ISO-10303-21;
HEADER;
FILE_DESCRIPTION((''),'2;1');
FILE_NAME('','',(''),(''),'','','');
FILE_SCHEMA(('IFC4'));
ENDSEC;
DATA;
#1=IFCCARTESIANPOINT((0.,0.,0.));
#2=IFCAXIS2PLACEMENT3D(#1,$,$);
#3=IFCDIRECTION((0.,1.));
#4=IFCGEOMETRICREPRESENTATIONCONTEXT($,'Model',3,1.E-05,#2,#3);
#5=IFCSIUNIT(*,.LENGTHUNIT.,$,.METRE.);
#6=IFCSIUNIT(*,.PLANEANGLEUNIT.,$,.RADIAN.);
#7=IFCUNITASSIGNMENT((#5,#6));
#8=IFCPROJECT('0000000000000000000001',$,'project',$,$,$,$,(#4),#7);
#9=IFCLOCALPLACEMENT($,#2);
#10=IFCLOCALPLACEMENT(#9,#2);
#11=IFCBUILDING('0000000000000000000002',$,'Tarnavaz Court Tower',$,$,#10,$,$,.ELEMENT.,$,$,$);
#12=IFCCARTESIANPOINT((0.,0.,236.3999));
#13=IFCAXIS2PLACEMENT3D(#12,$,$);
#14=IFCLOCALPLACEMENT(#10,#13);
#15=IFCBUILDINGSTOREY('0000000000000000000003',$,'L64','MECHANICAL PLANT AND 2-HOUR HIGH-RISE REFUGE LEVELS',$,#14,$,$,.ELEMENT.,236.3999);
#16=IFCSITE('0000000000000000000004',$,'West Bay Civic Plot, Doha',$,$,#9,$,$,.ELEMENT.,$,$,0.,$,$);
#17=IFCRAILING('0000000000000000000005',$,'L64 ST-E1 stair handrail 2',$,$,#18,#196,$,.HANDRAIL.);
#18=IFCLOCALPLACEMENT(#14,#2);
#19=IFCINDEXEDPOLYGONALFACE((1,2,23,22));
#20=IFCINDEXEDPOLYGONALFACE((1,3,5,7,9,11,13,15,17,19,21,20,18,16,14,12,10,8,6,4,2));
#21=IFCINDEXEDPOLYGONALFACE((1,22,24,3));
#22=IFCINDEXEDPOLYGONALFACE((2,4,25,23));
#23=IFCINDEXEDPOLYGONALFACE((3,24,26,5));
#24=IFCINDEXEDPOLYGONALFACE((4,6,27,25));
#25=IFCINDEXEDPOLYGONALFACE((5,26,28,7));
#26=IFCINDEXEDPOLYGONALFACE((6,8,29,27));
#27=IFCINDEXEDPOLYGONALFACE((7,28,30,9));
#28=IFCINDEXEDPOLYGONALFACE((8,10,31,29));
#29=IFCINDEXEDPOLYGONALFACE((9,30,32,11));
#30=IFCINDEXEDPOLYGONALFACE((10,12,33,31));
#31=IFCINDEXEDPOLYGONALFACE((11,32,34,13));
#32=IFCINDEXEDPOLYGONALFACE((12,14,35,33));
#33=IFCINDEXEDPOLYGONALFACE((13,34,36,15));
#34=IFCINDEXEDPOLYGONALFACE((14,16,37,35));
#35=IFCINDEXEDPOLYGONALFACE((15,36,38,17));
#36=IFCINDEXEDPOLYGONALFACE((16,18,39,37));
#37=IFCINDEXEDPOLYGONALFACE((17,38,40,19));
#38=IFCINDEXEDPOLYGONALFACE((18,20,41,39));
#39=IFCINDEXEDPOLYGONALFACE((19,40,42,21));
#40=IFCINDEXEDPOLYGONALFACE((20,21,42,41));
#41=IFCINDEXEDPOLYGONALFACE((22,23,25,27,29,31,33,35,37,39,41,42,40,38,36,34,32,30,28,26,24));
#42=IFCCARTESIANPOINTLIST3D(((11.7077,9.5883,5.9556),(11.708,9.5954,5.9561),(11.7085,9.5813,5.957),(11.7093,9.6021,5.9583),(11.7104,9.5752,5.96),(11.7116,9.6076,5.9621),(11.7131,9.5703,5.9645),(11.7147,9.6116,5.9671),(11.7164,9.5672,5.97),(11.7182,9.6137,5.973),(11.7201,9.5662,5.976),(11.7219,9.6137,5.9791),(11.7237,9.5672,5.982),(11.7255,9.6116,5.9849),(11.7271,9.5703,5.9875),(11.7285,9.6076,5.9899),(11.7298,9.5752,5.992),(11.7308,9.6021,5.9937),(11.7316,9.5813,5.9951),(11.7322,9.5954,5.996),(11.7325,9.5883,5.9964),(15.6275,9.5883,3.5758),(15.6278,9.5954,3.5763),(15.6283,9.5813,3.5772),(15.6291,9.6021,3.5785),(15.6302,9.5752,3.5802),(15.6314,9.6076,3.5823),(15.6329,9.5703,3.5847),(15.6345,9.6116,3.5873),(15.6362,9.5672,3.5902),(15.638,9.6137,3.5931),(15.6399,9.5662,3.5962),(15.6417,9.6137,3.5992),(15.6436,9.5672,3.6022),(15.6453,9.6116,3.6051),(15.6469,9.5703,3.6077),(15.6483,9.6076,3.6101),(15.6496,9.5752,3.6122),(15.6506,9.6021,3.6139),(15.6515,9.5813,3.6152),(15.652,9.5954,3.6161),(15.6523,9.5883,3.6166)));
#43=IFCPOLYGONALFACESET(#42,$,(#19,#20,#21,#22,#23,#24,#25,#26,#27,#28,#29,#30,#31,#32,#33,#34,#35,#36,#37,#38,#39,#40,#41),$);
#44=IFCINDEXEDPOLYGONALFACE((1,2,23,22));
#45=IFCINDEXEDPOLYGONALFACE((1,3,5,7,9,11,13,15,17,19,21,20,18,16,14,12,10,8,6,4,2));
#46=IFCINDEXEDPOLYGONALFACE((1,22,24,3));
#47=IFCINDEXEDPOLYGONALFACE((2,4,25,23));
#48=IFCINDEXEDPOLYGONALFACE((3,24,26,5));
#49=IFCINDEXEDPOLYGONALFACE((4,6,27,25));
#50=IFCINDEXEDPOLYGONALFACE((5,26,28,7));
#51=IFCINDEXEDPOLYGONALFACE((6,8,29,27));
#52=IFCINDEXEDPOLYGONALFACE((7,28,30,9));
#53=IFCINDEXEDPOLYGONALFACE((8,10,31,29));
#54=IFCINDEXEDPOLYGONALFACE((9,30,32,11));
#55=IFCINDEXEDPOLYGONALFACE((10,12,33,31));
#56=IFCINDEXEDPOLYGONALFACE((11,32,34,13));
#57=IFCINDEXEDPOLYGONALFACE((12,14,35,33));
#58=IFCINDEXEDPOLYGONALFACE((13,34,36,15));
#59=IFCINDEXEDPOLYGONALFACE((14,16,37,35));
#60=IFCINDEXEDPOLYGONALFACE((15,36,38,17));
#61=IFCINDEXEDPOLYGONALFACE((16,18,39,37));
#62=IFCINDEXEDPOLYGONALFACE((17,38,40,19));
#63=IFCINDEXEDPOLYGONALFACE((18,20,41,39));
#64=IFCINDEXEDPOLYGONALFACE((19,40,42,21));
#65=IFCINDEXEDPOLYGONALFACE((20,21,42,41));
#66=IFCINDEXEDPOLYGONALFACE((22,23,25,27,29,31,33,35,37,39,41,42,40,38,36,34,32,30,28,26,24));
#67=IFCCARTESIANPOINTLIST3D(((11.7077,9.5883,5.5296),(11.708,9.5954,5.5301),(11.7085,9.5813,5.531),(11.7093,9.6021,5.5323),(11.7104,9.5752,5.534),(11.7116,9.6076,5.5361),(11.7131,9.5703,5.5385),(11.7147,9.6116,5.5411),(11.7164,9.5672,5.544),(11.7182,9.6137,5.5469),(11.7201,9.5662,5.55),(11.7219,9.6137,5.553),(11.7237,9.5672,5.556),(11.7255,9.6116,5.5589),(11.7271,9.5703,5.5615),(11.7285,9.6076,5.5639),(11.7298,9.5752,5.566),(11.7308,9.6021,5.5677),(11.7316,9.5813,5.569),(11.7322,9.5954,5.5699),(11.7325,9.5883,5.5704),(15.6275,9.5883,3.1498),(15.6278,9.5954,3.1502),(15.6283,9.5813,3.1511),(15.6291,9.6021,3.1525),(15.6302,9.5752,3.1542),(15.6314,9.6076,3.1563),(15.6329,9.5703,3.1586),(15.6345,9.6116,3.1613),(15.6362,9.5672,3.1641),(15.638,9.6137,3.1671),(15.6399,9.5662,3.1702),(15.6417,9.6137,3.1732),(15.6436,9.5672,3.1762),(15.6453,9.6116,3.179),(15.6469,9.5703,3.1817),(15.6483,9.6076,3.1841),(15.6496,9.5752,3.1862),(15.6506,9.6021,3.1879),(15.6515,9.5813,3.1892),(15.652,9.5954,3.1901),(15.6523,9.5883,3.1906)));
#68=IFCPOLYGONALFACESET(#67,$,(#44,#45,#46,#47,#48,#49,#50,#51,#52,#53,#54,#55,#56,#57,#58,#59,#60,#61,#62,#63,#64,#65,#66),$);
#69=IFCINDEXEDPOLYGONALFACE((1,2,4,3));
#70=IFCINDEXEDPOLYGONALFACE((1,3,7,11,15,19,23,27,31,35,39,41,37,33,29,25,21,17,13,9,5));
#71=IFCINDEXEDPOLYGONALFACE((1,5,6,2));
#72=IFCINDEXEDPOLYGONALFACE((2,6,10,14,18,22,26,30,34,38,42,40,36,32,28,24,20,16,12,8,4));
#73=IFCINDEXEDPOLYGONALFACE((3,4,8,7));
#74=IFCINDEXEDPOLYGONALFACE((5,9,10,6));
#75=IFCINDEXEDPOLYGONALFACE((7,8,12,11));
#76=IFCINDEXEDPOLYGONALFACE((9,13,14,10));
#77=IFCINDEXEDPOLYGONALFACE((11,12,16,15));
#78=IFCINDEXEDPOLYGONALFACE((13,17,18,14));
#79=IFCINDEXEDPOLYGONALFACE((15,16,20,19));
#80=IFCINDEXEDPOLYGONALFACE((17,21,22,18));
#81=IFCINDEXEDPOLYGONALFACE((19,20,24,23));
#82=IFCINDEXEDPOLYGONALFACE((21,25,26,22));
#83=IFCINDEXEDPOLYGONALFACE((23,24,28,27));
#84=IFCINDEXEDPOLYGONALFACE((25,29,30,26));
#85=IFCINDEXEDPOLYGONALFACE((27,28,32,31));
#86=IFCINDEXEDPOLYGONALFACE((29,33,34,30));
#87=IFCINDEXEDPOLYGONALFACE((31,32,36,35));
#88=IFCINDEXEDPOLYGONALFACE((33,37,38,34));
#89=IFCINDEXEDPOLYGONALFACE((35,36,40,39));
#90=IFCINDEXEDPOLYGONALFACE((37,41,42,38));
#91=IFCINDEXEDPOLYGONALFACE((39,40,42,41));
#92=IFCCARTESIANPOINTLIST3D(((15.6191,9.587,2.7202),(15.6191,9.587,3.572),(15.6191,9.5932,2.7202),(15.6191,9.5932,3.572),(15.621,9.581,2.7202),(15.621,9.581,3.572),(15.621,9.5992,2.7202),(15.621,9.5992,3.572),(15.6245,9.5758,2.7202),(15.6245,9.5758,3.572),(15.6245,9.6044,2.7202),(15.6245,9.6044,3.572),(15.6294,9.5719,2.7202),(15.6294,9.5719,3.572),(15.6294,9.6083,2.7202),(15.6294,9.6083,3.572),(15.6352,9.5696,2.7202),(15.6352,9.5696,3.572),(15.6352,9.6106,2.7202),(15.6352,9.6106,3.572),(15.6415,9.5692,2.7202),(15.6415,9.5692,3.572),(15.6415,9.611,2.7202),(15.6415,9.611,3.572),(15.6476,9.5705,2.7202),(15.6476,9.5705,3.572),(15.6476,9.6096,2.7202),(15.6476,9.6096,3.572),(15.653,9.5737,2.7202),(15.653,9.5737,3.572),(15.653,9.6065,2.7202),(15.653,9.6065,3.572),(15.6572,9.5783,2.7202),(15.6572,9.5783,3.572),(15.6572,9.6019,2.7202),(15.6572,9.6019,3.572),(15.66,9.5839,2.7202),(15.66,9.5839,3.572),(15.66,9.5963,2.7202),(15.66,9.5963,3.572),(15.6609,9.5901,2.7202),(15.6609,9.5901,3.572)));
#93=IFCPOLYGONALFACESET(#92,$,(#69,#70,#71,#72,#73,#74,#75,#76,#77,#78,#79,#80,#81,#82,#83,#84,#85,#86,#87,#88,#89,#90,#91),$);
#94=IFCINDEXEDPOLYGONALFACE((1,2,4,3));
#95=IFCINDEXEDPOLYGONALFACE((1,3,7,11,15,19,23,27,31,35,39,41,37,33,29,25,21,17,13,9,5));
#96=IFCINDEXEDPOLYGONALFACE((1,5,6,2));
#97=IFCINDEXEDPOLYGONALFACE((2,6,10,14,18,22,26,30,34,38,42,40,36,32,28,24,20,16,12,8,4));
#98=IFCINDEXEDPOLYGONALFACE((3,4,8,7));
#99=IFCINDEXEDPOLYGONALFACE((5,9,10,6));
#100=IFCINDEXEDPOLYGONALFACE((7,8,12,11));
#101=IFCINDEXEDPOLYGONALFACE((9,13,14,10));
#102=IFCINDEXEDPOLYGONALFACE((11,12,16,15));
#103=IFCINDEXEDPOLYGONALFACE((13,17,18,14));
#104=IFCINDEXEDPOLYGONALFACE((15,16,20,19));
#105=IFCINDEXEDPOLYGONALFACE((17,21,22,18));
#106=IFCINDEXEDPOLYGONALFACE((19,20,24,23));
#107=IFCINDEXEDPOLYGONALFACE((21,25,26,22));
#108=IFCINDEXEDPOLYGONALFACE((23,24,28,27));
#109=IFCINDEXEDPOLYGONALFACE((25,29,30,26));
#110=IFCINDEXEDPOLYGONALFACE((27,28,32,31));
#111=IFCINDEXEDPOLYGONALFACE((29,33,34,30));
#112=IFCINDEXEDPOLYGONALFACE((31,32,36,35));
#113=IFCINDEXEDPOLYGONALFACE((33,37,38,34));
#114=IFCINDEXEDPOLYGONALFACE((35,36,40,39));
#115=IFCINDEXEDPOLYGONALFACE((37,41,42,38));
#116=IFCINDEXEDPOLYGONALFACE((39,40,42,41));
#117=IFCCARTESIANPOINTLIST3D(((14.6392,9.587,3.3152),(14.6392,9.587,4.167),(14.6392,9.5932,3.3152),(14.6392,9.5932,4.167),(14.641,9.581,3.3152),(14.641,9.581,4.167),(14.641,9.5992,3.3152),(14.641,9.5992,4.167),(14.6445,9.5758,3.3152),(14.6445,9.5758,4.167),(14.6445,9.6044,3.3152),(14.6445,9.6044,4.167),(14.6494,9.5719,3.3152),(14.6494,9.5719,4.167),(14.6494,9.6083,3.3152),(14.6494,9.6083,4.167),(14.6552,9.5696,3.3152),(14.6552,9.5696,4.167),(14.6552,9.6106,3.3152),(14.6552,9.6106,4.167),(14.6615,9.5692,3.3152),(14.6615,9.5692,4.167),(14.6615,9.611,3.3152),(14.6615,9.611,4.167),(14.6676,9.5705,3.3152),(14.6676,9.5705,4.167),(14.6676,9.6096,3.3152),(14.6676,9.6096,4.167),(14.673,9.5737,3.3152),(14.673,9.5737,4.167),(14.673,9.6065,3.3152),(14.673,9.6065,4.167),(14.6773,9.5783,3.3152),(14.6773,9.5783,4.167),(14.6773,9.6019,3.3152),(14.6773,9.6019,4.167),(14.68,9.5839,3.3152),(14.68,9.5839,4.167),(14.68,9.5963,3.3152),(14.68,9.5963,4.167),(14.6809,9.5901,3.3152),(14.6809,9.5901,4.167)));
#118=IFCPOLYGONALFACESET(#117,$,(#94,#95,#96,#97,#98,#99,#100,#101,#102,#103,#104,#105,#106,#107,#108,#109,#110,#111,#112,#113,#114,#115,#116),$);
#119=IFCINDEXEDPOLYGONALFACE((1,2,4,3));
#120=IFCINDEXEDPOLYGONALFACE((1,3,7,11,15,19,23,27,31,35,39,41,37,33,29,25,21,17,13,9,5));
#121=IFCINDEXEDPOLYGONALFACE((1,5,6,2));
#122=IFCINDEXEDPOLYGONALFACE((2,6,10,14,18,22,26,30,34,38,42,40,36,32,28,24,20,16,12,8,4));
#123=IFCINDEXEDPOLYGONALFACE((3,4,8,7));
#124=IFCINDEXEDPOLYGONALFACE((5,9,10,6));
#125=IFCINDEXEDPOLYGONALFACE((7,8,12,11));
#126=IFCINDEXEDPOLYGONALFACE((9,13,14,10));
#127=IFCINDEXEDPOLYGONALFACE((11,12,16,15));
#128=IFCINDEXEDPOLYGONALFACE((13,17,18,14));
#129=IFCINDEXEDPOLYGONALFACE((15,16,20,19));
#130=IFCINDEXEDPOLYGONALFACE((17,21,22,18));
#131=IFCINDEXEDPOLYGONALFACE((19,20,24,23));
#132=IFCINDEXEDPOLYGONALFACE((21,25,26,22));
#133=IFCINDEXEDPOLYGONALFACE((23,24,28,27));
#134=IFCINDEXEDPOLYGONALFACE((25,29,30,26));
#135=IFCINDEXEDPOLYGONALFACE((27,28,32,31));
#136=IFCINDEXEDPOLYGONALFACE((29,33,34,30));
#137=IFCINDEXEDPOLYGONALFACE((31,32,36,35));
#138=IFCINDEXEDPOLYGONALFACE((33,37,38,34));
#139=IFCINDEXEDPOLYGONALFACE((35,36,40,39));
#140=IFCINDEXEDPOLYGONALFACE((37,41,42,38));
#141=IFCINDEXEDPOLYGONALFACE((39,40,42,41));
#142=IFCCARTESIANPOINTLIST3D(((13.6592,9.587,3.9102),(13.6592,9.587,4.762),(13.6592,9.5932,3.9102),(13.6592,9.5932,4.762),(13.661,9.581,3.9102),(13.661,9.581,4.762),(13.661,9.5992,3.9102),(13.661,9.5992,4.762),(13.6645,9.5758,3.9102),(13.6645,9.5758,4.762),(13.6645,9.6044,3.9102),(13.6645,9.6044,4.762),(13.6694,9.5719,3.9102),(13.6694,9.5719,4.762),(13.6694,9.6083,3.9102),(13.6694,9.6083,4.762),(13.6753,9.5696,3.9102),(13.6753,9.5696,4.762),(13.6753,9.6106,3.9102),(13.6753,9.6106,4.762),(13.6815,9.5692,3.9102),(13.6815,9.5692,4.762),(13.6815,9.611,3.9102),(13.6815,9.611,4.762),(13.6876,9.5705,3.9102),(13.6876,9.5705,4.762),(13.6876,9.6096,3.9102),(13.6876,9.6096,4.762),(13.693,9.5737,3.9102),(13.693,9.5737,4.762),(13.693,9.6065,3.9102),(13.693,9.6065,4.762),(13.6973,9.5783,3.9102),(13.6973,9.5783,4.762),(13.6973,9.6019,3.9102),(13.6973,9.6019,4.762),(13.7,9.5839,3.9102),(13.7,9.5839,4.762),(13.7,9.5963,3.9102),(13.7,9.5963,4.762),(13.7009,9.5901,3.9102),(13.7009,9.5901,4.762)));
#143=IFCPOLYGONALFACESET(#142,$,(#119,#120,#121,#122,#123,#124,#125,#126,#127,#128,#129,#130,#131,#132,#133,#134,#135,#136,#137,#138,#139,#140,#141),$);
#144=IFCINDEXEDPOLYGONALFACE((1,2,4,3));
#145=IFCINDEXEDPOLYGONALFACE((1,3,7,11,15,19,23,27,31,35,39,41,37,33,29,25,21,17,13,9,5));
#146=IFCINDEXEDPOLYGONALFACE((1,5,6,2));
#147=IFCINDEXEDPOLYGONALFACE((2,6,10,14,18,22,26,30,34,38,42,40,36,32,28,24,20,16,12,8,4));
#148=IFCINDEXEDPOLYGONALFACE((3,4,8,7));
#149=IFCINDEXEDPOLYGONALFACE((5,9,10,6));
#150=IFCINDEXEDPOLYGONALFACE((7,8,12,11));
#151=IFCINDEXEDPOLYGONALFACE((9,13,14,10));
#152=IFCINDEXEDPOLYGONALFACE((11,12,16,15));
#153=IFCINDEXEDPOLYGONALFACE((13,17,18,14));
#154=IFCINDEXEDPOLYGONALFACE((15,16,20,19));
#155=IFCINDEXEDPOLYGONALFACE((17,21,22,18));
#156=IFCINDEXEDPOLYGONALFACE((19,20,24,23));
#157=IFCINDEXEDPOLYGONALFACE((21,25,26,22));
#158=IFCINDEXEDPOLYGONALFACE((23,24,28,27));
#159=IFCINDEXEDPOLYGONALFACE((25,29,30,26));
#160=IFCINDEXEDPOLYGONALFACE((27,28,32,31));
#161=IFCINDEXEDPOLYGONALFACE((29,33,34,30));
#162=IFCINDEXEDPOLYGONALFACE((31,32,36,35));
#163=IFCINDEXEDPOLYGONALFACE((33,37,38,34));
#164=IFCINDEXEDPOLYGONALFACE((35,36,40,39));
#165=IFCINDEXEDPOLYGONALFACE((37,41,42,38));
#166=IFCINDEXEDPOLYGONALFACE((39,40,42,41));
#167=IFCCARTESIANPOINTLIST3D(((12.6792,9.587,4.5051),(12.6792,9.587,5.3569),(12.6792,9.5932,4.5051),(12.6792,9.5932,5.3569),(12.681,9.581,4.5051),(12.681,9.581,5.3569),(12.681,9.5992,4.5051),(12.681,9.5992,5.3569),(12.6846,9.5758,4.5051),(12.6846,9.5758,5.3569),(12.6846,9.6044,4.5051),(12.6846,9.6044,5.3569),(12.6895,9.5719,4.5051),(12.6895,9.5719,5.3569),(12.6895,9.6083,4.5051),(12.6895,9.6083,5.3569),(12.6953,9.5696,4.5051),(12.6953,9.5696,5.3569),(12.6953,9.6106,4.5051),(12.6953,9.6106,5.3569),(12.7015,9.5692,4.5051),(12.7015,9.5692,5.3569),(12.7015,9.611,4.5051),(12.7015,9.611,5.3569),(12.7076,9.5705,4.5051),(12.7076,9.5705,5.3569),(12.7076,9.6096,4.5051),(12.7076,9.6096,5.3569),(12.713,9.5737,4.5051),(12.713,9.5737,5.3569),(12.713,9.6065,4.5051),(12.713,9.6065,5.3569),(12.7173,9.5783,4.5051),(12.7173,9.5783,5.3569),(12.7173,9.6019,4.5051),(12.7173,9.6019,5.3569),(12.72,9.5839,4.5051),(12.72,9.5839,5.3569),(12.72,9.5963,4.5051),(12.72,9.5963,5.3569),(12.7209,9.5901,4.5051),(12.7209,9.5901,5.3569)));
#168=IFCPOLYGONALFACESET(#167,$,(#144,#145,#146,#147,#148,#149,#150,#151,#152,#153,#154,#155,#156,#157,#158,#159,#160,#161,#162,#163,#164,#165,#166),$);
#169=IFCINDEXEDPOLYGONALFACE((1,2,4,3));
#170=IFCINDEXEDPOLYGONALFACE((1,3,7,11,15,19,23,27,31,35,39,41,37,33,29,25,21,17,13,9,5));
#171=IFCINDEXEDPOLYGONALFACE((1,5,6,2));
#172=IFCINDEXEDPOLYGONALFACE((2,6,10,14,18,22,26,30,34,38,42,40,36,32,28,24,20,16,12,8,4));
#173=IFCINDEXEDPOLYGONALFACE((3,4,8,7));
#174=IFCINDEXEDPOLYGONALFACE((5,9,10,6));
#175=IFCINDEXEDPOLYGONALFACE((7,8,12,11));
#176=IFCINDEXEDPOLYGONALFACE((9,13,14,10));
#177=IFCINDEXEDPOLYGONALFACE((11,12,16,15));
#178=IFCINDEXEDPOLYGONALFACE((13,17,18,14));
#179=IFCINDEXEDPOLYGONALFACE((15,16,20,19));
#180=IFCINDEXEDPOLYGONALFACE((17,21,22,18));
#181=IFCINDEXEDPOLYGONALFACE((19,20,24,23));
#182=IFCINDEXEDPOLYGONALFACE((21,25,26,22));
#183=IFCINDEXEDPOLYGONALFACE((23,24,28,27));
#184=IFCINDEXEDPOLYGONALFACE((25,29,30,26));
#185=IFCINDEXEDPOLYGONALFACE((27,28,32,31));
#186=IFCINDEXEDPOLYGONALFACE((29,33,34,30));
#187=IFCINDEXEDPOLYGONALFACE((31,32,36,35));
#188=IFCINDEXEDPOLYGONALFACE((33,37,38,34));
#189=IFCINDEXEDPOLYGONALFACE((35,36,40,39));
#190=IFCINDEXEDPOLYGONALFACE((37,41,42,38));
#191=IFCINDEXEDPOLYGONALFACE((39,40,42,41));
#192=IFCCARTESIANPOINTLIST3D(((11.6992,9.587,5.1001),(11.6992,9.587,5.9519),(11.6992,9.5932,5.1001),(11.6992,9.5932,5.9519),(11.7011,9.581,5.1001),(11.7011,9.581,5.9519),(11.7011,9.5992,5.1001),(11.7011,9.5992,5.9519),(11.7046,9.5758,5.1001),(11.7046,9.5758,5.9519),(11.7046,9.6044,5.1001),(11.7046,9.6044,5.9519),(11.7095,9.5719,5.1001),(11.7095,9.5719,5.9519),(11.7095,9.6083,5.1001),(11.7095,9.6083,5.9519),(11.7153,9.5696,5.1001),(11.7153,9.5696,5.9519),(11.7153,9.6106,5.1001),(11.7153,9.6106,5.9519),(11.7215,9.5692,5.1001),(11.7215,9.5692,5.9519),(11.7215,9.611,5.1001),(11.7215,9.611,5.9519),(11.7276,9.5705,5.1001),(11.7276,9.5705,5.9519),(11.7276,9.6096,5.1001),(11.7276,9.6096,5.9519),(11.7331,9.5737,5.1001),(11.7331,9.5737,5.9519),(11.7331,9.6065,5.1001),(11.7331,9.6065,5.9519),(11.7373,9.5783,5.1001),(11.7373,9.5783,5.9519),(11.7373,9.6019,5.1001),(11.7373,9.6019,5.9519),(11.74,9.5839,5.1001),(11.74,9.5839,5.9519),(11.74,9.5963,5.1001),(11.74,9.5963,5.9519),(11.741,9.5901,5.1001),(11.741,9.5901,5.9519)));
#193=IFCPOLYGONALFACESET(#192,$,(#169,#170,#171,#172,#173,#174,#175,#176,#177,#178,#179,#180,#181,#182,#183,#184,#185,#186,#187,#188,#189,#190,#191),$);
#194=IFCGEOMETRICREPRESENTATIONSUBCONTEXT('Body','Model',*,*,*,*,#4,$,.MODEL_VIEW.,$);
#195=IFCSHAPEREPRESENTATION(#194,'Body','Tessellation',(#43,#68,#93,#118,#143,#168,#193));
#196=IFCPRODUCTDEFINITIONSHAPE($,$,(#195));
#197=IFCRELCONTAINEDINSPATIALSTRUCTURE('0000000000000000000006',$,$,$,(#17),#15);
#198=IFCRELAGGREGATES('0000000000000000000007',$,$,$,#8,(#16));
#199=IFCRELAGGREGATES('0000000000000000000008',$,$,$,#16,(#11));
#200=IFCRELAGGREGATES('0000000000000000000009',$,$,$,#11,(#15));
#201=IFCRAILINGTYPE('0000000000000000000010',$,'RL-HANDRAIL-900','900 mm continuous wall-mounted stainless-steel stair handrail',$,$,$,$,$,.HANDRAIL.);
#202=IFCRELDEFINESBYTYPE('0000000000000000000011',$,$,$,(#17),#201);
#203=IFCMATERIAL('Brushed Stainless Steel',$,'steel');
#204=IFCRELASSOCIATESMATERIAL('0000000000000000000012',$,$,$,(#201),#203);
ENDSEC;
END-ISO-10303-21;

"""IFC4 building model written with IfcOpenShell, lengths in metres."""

from ifc_helpers import new_model, si_unit, direction, frame, origin, origin_2d, place, context, subcontext, project, spatial, circle, extrude, material, type_object, element, save


model = new_model("IFC4")

# Units and contexts
model_context = context("Model", 3, precision=1e-05, world=origin(), true_north=direction((0.0, 1.0)))
body_context = subcontext(model_context, "Body", "Model", "MODEL_VIEW")
ifc_project = project(units=[si_unit("LENGTHUNIT", "METRE"), si_unit("PLANEANGLEUNIT", "RADIAN")], contexts=[model_context])

# Site, building, storey
site_placement = place(None, origin())
site = spatial("IfcSite", under=ifc_project, at=site_placement, Name="West Bay Civic Plot, Doha", CompositionType="ELEMENT", RefElevation=0.0)
building_placement = place(site_placement, origin())
building = spatial("IfcBuilding", under=site, at=building_placement, Name="Tarnavaz Court Tower", CompositionType="ELEMENT")
storey_placement = place(building_placement, frame((0.0, 0.0, 236.3999)))
storey = spatial("IfcBuildingStorey", under=building, at=storey_placement, Name="L64", Description="MECHANICAL PLANT AND 2-HOUR HIGH-RISE REFUGE LEVELS", CompositionType="ELEMENT", Elevation=236.3999)

# Railing
ifc_material_1 = material(Name="Brushed Stainless Steel", Category="steel")
railing_type_1 = type_object("IfcRailingType", Name="RL-HANDRAIL-900", Description="900 mm continuous wall-mounted stainless-steel stair handrail", PredefinedType="HANDRAIL", material=ifc_material_1)
railing_1_placement = place(storey_placement, frame((15.6399, 9.5901, 2.7202)))
element("IfcRailing", 1, at=railing_1_placement, inside=storey, type_object=railing_type_1, Name="L64 ST-E1 stair handrail 2", PredefinedType="HANDRAIL", context=body_context, shape_type="SweptSolid", body=[
    extrude(circle(Radius=0.0239, at=origin_2d()), frame((0.0, 0.0, 0.876), z_axis=(-0.854794, 0.0, 0.518967), x_axis=(0.0, -1.0, 0.0)), (0.0, 0.0, 1.0), 4.5857),
    extrude(circle(Radius=0.0239, at=origin_2d()), frame((0.0, 0.0, 0.45), z_axis=(-0.854794, 0.0, 0.518967), x_axis=(0.0, -1.0, 0.0)), (0.0, 0.0, 1.0), 4.5857),
    extrude(circle(Radius=0.021, at=origin_2d()), origin(), (0.0, 0.0, 1.0), 0.8518),
    extrude(circle(Radius=0.021, at=origin_2d()), frame((-0.98, 0.0, 0.595)), (0.0, 0.0, 1.0), 0.8518),
    extrude(circle(Radius=0.021, at=origin_2d()), frame((-1.96, 0.0, 1.1899)), (0.0, 0.0, 1.0), 0.8518),
    extrude(circle(Radius=0.021, at=origin_2d()), frame((-2.9399, 0.0, 1.7849)), (0.0, 0.0, 1.0), 0.8518),
    extrude(circle(Radius=0.021, at=origin_2d()), frame((-3.9199, 0.0, 2.3799)), (0.0, 0.0, 1.0), 0.8518),
])

save(model, "model.ifc")
